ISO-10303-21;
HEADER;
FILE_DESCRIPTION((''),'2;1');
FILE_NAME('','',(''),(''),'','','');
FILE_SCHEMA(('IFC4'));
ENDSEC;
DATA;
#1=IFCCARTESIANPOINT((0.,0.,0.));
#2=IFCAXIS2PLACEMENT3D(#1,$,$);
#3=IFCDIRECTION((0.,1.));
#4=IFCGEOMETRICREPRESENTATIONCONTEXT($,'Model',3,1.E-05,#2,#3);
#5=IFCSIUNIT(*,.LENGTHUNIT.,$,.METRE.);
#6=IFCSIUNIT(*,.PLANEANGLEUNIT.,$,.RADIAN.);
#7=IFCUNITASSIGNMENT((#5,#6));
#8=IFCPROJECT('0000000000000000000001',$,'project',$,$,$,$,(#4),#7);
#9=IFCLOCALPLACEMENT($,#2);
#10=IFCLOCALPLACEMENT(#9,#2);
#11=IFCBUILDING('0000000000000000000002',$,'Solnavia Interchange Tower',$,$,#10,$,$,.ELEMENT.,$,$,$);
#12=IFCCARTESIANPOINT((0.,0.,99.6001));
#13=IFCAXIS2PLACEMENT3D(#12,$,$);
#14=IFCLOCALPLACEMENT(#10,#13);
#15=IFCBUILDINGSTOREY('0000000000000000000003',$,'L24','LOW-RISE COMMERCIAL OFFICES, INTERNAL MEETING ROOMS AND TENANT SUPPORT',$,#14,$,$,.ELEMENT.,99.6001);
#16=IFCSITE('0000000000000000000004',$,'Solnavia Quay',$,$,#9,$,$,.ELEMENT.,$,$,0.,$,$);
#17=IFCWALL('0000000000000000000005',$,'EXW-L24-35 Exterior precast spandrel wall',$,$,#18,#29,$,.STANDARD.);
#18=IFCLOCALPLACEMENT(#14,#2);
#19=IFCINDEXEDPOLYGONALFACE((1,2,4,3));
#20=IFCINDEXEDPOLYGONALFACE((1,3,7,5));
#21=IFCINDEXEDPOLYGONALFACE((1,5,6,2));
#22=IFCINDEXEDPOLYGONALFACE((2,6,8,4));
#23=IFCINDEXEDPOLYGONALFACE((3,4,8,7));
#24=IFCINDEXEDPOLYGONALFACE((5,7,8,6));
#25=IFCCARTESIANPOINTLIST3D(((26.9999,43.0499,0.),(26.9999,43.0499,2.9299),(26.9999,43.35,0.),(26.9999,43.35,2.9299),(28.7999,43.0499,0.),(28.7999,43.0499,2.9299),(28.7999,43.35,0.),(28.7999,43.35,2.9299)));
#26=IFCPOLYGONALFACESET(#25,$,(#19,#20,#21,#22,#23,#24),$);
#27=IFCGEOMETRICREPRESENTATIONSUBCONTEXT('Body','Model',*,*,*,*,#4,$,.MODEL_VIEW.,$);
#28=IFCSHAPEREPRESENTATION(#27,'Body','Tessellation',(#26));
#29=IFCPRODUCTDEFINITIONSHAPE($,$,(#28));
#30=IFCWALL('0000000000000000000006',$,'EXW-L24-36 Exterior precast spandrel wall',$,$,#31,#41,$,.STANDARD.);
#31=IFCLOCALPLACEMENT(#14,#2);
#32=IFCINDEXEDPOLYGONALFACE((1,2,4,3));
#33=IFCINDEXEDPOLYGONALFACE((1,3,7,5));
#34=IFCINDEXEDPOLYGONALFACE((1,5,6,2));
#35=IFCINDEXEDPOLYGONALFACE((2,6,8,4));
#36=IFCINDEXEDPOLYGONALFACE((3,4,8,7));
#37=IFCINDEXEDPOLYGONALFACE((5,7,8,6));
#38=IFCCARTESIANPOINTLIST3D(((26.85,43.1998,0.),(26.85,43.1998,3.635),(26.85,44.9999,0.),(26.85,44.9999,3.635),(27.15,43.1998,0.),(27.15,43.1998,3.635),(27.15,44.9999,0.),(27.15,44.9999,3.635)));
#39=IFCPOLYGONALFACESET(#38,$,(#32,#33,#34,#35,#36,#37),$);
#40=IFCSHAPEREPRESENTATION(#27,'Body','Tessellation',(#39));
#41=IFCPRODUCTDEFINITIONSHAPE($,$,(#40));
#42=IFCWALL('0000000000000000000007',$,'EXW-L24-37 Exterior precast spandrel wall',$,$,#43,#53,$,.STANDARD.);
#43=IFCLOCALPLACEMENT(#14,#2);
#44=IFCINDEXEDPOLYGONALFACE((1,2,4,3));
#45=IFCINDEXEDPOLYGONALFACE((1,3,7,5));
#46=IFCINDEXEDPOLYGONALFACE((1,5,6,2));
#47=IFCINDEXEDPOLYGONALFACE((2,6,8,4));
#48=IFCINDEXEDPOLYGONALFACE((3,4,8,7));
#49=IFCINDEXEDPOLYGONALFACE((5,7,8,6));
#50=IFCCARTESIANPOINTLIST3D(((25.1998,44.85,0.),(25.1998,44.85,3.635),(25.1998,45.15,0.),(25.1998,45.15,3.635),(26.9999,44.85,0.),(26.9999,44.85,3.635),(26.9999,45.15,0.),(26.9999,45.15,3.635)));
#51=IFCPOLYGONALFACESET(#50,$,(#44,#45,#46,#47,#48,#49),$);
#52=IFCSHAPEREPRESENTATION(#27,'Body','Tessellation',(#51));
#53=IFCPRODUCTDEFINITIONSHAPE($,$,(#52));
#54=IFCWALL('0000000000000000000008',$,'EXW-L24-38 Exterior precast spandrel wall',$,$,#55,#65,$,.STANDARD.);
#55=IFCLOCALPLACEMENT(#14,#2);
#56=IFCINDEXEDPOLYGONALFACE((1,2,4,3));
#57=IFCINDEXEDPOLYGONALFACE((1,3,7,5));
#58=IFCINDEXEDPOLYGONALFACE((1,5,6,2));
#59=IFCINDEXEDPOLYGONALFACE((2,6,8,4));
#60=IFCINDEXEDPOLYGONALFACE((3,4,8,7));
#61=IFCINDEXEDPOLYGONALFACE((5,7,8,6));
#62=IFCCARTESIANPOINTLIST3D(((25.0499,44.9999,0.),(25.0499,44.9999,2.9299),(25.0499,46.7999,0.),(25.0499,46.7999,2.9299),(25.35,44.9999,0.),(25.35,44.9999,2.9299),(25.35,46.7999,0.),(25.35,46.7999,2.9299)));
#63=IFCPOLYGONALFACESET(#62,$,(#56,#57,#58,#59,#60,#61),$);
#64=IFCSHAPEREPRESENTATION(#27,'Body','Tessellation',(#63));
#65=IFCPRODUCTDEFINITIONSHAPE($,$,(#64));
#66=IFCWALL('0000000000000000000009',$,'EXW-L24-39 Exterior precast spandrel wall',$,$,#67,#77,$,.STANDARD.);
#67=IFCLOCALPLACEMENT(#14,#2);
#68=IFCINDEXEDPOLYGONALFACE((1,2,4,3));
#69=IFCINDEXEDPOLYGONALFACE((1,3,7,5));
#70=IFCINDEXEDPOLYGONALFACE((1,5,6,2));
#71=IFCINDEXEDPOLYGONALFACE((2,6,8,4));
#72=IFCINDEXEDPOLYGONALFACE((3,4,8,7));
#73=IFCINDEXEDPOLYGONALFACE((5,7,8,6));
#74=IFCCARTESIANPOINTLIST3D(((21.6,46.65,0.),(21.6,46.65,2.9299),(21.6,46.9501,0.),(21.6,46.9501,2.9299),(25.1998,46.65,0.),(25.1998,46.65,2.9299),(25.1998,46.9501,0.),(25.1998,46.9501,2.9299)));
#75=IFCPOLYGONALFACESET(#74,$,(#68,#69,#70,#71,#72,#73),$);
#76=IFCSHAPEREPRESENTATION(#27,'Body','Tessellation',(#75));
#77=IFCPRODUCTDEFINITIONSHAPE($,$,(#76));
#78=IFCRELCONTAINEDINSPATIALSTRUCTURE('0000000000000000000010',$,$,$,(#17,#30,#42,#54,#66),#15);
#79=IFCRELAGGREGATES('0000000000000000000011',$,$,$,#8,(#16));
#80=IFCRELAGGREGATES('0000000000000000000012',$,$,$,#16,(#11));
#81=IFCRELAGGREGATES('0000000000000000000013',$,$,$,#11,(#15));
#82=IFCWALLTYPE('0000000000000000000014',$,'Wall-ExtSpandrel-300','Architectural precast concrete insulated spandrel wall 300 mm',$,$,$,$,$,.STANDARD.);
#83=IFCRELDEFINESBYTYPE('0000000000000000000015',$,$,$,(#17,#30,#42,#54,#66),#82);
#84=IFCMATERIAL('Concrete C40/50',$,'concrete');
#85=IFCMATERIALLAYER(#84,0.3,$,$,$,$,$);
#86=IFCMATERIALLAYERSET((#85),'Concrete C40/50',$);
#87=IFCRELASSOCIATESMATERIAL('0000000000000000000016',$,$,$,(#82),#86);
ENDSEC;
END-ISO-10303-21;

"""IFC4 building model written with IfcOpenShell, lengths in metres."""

from ifc_helpers import new_model, si_unit, direction, frame, frame_2d, origin, place, context, subcontext, project, spatial, rectangle, extrude, material, layer, layer_set, type_object, element, save


model = new_model("IFC4")

# Units and contexts
model_context = context("Model", 3, precision=1e-05, world=origin(), true_north=direction((0.0, 1.0)))
body_context = subcontext(model_context, "Body", "Model", "MODEL_VIEW")
ifc_project = project(units=[si_unit("LENGTHUNIT", "METRE"), si_unit("PLANEANGLEUNIT", "RADIAN")], contexts=[model_context])

# Site, building, storey
site_placement = place(None, origin())
site = spatial("IfcSite", under=ifc_project, at=site_placement, Name="Solnavia Quay", CompositionType="ELEMENT", RefElevation=0.0)
building_placement = place(site_placement, origin())
building = spatial("IfcBuilding", under=site, at=building_placement, Name="Solnavia Interchange Tower", CompositionType="ELEMENT")
storey_placement = place(building_placement, frame((0.0, 0.0, 99.6001)))
storey = spatial("IfcBuildingStorey", under=building, at=storey_placement, Name="L24", Description="LOW-RISE COMMERCIAL OFFICES, INTERNAL MEETING ROOMS AND TENANT SUPPORT", CompositionType="ELEMENT", Elevation=99.6001)

# Walls
ifc_material_1 = material(Name="Concrete C40/50", Category="concrete")
ifc_layer = layer(ifc_material_1, 0.3)
ifc_layer_set = layer_set([ifc_layer], Name="Concrete C40/50")
wall_type = type_object("IfcWallType", Name="Wall-ExtSpandrel-300", Description="Architectural precast concrete insulated spandrel wall 300 mm", PredefinedType="STANDARD", material=ifc_layer_set)
wall_1_placement = place(storey_placement, frame((27.0, 43.2, 0.0), z_axis=(0.0, 0.0, 1.0), x_axis=(1.0, 0.0, 0.0)))
element("IfcWall", 1, at=wall_1_placement, inside=storey, type_object=wall_type, Name="EXW-L24-35 Exterior precast spandrel wall", PredefinedType="STANDARD", context=body_context, shape_type="SweptSolid", body=[
    extrude(rectangle(XDim=1.8, YDim=0.3, at=frame_2d((0.8999, 0.0))), origin(), (0.0, 0.0, 1.0), 2.9299),
])
for number, where, z_axis, x_axis, name in (
    (2, (27.0, 43.2, 0.0), (0.0, 0.0, 1.0), (0.0, 1.0, 0.0), "EXW-L24-36 Exterior precast spandrel wall"),
    (3, (25.2, 45.0, 0.0), (0.0, 0.0, 1.0), (1.0, 0.0, 0.0), "EXW-L24-37 Exterior precast spandrel wall"),
):
    element("IfcWall", number, at=place(storey_placement, frame(where, z_axis=z_axis, x_axis=x_axis)), inside=storey, type_object=wall_type, Name=name, PredefinedType="STANDARD", context=body_context, shape_type="SweptSolid", body=[
        extrude(rectangle(XDim=1.8, YDim=0.3, at=frame_2d((0.8999, 0.0))), origin(), (0.0, 0.0, 1.0), 3.635),
    ])
wall_2_placement = place(storey_placement, frame((25.2, 45.0, 0.0), z_axis=(0.0, 0.0, 1.0), x_axis=(0.0, 1.0, 0.0)))
element("IfcWall", 4, at=wall_2_placement, inside=storey, type_object=wall_type, Name="EXW-L24-38 Exterior precast spandrel wall", PredefinedType="STANDARD", context=body_context, shape_type="SweptSolid", body=[
    extrude(rectangle(XDim=1.8, YDim=0.3, at=frame_2d((0.8999, 0.0))), origin(), (0.0, 0.0, 1.0), 2.9299),
])
wall_3_placement = place(storey_placement, frame((21.6001, 46.8, 0.0), z_axis=(0.0, 0.0, 1.0), x_axis=(1.0, 0.0, 0.0)))
element("IfcWall", 5, at=wall_3_placement, inside=storey, type_object=wall_type, Name="EXW-L24-39 Exterior precast spandrel wall", PredefinedType="STANDARD", context=body_context, shape_type="SweptSolid", body=[
    extrude(rectangle(XDim=3.5999, YDim=0.3, at=frame_2d((1.7998, 0.0))), origin(), (0.0, 0.0, 1.0), 2.9299),
])

save(model, "model.ifc")
